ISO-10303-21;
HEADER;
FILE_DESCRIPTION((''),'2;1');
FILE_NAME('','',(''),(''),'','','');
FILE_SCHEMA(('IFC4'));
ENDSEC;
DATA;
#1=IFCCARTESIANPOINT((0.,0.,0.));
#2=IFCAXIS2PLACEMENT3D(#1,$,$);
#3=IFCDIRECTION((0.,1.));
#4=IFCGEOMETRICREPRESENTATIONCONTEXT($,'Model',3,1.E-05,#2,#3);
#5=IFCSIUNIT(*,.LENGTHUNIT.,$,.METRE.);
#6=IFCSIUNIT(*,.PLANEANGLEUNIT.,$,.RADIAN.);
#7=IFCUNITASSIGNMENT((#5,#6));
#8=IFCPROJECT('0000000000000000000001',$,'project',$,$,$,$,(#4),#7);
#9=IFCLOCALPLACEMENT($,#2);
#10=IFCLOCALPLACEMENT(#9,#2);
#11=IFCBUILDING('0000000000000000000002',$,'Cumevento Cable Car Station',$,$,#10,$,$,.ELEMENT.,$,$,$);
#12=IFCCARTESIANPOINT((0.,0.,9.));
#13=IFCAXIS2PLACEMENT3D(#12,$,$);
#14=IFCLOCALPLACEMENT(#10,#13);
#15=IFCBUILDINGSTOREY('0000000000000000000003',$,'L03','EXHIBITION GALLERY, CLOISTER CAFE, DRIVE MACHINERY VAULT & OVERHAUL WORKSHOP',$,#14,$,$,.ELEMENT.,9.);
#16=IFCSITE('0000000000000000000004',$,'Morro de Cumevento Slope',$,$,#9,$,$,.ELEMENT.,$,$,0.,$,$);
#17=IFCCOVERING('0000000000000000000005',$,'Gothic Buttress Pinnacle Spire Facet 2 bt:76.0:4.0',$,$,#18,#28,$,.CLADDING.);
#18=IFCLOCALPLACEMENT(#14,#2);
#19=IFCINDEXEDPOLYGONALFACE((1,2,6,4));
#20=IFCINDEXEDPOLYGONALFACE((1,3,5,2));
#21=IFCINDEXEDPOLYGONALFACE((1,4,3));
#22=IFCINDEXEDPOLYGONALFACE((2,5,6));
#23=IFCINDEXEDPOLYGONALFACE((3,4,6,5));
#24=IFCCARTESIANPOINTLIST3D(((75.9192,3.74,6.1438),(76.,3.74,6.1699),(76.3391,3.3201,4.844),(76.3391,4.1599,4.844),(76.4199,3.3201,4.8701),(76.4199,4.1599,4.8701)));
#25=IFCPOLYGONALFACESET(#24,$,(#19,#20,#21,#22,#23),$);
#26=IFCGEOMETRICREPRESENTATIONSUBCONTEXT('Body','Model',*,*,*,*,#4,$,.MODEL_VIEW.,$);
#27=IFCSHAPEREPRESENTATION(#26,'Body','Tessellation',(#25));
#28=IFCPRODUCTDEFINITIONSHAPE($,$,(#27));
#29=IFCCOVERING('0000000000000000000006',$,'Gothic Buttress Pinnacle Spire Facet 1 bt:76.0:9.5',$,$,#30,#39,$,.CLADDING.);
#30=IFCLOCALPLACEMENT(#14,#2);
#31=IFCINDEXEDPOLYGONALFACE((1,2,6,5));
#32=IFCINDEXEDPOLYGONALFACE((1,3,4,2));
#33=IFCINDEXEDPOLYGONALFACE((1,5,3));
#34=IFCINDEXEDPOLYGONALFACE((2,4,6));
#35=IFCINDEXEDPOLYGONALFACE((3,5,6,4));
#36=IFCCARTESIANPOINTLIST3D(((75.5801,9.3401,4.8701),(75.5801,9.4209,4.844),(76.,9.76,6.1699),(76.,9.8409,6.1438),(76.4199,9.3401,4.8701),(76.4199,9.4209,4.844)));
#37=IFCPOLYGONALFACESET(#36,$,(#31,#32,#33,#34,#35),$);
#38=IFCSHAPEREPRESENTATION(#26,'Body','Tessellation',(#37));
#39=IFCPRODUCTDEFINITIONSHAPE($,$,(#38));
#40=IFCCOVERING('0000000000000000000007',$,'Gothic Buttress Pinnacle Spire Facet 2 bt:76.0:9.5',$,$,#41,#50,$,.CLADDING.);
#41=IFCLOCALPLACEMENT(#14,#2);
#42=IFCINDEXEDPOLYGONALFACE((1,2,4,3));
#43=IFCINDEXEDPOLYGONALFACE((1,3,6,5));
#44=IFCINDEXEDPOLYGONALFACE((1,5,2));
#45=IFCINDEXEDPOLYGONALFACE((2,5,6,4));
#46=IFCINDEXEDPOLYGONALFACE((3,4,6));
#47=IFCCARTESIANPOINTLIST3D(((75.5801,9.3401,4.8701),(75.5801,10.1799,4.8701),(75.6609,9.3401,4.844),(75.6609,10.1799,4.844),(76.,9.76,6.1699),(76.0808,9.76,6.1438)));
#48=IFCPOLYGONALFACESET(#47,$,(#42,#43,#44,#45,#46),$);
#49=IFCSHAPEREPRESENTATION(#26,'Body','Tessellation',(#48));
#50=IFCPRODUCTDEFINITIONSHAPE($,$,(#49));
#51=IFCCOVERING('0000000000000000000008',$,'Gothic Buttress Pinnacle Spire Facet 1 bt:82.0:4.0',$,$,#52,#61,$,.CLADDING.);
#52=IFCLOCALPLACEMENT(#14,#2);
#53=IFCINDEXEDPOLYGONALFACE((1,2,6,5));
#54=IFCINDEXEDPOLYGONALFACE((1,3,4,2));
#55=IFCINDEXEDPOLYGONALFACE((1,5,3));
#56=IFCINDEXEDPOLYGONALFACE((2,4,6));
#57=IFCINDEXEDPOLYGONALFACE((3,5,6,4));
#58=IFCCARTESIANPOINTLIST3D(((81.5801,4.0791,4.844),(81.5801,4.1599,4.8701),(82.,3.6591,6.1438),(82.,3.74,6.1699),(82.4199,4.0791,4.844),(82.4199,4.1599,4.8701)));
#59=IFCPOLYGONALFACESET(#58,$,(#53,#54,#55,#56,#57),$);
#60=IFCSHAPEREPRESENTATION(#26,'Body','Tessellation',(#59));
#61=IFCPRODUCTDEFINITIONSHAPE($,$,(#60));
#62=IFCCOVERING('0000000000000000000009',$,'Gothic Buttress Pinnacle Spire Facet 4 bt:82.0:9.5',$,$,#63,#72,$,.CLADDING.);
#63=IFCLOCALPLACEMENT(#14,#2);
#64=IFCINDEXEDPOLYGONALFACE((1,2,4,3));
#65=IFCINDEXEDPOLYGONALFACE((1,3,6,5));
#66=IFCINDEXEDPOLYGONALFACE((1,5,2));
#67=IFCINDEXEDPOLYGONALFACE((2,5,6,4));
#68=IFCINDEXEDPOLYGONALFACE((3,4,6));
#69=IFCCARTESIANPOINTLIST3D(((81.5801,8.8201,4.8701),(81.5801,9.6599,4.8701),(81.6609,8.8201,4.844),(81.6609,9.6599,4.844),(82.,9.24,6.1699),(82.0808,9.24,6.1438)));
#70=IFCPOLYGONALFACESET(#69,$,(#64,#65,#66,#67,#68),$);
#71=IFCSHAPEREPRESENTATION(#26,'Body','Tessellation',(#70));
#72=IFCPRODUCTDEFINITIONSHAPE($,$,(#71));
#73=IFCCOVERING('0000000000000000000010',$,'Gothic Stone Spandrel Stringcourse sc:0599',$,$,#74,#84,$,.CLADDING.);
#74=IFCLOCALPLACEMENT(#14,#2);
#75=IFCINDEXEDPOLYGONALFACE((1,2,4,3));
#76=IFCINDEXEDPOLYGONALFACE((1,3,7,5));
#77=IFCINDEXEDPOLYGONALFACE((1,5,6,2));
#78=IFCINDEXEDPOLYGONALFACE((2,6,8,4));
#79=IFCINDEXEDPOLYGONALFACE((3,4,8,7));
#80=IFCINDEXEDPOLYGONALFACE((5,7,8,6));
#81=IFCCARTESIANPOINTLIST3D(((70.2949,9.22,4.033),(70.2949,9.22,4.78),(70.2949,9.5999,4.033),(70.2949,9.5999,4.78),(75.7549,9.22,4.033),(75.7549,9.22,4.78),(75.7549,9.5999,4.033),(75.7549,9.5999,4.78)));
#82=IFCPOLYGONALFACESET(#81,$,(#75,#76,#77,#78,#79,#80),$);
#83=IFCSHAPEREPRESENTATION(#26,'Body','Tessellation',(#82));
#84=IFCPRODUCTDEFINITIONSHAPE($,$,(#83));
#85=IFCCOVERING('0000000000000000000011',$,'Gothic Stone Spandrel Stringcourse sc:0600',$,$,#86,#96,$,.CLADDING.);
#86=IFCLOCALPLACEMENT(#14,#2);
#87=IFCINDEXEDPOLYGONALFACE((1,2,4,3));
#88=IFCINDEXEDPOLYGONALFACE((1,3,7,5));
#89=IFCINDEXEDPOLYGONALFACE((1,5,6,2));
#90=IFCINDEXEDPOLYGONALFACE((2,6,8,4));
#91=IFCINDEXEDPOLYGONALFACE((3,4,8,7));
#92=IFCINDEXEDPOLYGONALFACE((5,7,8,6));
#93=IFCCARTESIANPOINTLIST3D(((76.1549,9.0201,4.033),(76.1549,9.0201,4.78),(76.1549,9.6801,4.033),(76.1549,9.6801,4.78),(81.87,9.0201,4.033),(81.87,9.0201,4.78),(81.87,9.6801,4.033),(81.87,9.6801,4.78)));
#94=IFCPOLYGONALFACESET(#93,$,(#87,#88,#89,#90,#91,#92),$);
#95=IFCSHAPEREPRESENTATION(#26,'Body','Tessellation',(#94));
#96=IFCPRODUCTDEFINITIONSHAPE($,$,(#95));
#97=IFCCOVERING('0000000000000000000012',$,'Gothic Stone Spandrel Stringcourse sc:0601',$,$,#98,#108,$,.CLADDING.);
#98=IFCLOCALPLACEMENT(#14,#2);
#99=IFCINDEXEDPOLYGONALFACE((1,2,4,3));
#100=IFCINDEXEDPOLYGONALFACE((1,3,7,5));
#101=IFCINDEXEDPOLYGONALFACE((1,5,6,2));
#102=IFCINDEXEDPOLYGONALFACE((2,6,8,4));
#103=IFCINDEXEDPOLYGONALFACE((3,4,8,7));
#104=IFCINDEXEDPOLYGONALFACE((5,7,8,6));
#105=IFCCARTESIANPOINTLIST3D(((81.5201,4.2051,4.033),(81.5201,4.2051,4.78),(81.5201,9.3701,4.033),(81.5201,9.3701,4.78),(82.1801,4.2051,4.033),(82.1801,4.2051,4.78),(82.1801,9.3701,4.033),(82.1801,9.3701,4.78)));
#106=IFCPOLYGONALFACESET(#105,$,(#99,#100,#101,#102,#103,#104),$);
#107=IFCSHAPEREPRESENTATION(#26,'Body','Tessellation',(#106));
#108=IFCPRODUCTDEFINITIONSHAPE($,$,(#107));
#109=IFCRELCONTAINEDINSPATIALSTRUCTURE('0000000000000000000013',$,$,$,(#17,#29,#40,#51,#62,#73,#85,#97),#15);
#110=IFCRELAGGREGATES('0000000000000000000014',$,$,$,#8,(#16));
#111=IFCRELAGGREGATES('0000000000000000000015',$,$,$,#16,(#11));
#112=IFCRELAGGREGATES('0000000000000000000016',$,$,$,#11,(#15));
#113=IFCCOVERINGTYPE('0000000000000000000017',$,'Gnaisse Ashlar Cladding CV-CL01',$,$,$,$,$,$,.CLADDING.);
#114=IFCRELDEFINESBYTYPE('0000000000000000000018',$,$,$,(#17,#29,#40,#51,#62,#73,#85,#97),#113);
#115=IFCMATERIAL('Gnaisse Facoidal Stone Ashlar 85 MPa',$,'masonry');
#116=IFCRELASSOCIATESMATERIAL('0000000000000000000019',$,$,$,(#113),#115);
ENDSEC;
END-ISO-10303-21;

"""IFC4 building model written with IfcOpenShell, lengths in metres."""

from ifc_helpers import new_model, si_unit, direction, frame, origin, origin_2d, place, context, subcontext, project, spatial, polyline, rectangle, outline, extrude, material, type_object, element, save


model = new_model("IFC4")

# Units and contexts
model_context = context("Model", 3, precision=1e-05, world=origin(), true_north=direction((0.0, 1.0)))
body_context = subcontext(model_context, "Body", "Model", "MODEL_VIEW")
ifc_project = project(units=[si_unit("LENGTHUNIT", "METRE"), si_unit("PLANEANGLEUNIT", "RADIAN")], contexts=[model_context])

# Site, building, storey
site_placement = place(None, origin())
site = spatial("IfcSite", under=ifc_project, at=site_placement, Name="Morro de Cumevento Slope", CompositionType="ELEMENT", RefElevation=0.0)
building_placement = place(site_placement, origin())
building = spatial("IfcBuilding", under=site, at=building_placement, Name="Cumevento Cable Car Station", CompositionType="ELEMENT")
storey_placement = place(building_placement, frame((0.0, 0.0, 9.0)))
storey = spatial("IfcBuildingStorey", under=building, at=storey_placement, Name="L03", Description="EXHIBITION GALLERY, CLOISTER CAFE, DRIVE MACHINERY VAULT & OVERHAUL WORKSHOP", CompositionType="ELEMENT", Elevation=9.0)

# Coverings
ifc_material_1 = material(Name="Gnaisse Facoidal Stone Ashlar 85 MPa", Category="masonry")
covering_type = type_object("IfcCoveringType", Name="Gnaisse Ashlar Cladding CV-CL01", PredefinedType="CLADDING", material=ifc_material_1)
for number, where, z_axis, x_axis, name in (
    (1, (76.4199, 4.1599, 4.8701), (0.951574, 0.0, 0.307421), (0.0, -1.0, 0.0), "Gothic Buttress Pinnacle Spire Facet 2 bt:76.0:4.0"),
    (2, (76.4199, 9.3401, 4.8701), (0.0, -0.951574, 0.307421), (-1.0, 0.0, 0.0), "Gothic Buttress Pinnacle Spire Facet 1 bt:76.0:9.5"),
    (3, (75.5801, 9.3401, 4.8701), (-0.951574, 0.0, 0.307421), (0.0, 1.0, 0.0), "Gothic Buttress Pinnacle Spire Facet 2 bt:76.0:9.5"),
    (4, (81.5801, 4.1599, 4.8701), (0.0, 0.951574, 0.307421), (1.0, 0.0, 0.0), "Gothic Buttress Pinnacle Spire Facet 1 bt:82.0:4.0"),
    (5, (81.5801, 8.8201, 4.8701), (-0.951574, 0.0, 0.307421), (0.0, 1.0, 0.0), "Gothic Buttress Pinnacle Spire Facet 4 bt:82.0:9.5"),
):
    element("IfcCovering", number, at=place(storey_placement, frame(where, z_axis=z_axis, x_axis=x_axis)), inside=storey, type_object=covering_type, Name=name, PredefinedType="CLADDING", context=body_context, shape_type="SweptSolid", body=[
        extrude(outline(polyline([(0.0, 0.0), (0.8398, 0.0), (0.4199, -1.366), (0.0, 0.0)])), origin(), (0.0, 0.0, -1.0), 0.085),
    ])
covering_1_placement = place(storey_placement, frame((73.0249, 9.4099, 4.033), z_axis=(0.0, 0.0, 1.0), x_axis=(1.0, 0.0, 0.0)))
element("IfcCovering", 6, at=covering_1_placement, inside=storey, type_object=covering_type, Name="Gothic Stone Spandrel Stringcourse sc:0599", PredefinedType="CLADDING", context=body_context, shape_type="SweptSolid", body=[
    extrude(rectangle(XDim=5.46, YDim=0.3799, at=origin_2d()), origin(), (0.0, 0.0, 1.0), 0.7471),
])
covering_2_placement = place(storey_placement, frame((79.0125, 9.3501, 4.033), z_axis=(0.0, 0.0, 1.0), x_axis=(1.0, 0.0, 0.0)))
element("IfcCovering", 7, at=covering_2_placement, inside=storey, type_object=covering_type, Name="Gothic Stone Spandrel Stringcourse sc:0600", PredefinedType="CLADDING", context=body_context, shape_type="SweptSolid", body=[
    extrude(rectangle(XDim=5.7151, YDim=0.6599, at=origin_2d()), origin(), (0.0, 0.0, 1.0), 0.7471),
])
covering_3_placement = place(storey_placement, frame((81.8501, 6.7876, 4.033), z_axis=(0.0, 0.0, 1.0), x_axis=(0.0, -1.0, 0.0)))
element("IfcCovering", 8, at=covering_3_placement, inside=storey, type_object=covering_type, Name="Gothic Stone Spandrel Stringcourse sc:0601", PredefinedType="CLADDING", context=body_context, shape_type="SweptSolid", body=[
    extrude(rectangle(XDim=5.165, YDim=0.6599, at=origin_2d()), origin(), (0.0, 0.0, 1.0), 0.7471),
])

save(model, "model.ifc")
